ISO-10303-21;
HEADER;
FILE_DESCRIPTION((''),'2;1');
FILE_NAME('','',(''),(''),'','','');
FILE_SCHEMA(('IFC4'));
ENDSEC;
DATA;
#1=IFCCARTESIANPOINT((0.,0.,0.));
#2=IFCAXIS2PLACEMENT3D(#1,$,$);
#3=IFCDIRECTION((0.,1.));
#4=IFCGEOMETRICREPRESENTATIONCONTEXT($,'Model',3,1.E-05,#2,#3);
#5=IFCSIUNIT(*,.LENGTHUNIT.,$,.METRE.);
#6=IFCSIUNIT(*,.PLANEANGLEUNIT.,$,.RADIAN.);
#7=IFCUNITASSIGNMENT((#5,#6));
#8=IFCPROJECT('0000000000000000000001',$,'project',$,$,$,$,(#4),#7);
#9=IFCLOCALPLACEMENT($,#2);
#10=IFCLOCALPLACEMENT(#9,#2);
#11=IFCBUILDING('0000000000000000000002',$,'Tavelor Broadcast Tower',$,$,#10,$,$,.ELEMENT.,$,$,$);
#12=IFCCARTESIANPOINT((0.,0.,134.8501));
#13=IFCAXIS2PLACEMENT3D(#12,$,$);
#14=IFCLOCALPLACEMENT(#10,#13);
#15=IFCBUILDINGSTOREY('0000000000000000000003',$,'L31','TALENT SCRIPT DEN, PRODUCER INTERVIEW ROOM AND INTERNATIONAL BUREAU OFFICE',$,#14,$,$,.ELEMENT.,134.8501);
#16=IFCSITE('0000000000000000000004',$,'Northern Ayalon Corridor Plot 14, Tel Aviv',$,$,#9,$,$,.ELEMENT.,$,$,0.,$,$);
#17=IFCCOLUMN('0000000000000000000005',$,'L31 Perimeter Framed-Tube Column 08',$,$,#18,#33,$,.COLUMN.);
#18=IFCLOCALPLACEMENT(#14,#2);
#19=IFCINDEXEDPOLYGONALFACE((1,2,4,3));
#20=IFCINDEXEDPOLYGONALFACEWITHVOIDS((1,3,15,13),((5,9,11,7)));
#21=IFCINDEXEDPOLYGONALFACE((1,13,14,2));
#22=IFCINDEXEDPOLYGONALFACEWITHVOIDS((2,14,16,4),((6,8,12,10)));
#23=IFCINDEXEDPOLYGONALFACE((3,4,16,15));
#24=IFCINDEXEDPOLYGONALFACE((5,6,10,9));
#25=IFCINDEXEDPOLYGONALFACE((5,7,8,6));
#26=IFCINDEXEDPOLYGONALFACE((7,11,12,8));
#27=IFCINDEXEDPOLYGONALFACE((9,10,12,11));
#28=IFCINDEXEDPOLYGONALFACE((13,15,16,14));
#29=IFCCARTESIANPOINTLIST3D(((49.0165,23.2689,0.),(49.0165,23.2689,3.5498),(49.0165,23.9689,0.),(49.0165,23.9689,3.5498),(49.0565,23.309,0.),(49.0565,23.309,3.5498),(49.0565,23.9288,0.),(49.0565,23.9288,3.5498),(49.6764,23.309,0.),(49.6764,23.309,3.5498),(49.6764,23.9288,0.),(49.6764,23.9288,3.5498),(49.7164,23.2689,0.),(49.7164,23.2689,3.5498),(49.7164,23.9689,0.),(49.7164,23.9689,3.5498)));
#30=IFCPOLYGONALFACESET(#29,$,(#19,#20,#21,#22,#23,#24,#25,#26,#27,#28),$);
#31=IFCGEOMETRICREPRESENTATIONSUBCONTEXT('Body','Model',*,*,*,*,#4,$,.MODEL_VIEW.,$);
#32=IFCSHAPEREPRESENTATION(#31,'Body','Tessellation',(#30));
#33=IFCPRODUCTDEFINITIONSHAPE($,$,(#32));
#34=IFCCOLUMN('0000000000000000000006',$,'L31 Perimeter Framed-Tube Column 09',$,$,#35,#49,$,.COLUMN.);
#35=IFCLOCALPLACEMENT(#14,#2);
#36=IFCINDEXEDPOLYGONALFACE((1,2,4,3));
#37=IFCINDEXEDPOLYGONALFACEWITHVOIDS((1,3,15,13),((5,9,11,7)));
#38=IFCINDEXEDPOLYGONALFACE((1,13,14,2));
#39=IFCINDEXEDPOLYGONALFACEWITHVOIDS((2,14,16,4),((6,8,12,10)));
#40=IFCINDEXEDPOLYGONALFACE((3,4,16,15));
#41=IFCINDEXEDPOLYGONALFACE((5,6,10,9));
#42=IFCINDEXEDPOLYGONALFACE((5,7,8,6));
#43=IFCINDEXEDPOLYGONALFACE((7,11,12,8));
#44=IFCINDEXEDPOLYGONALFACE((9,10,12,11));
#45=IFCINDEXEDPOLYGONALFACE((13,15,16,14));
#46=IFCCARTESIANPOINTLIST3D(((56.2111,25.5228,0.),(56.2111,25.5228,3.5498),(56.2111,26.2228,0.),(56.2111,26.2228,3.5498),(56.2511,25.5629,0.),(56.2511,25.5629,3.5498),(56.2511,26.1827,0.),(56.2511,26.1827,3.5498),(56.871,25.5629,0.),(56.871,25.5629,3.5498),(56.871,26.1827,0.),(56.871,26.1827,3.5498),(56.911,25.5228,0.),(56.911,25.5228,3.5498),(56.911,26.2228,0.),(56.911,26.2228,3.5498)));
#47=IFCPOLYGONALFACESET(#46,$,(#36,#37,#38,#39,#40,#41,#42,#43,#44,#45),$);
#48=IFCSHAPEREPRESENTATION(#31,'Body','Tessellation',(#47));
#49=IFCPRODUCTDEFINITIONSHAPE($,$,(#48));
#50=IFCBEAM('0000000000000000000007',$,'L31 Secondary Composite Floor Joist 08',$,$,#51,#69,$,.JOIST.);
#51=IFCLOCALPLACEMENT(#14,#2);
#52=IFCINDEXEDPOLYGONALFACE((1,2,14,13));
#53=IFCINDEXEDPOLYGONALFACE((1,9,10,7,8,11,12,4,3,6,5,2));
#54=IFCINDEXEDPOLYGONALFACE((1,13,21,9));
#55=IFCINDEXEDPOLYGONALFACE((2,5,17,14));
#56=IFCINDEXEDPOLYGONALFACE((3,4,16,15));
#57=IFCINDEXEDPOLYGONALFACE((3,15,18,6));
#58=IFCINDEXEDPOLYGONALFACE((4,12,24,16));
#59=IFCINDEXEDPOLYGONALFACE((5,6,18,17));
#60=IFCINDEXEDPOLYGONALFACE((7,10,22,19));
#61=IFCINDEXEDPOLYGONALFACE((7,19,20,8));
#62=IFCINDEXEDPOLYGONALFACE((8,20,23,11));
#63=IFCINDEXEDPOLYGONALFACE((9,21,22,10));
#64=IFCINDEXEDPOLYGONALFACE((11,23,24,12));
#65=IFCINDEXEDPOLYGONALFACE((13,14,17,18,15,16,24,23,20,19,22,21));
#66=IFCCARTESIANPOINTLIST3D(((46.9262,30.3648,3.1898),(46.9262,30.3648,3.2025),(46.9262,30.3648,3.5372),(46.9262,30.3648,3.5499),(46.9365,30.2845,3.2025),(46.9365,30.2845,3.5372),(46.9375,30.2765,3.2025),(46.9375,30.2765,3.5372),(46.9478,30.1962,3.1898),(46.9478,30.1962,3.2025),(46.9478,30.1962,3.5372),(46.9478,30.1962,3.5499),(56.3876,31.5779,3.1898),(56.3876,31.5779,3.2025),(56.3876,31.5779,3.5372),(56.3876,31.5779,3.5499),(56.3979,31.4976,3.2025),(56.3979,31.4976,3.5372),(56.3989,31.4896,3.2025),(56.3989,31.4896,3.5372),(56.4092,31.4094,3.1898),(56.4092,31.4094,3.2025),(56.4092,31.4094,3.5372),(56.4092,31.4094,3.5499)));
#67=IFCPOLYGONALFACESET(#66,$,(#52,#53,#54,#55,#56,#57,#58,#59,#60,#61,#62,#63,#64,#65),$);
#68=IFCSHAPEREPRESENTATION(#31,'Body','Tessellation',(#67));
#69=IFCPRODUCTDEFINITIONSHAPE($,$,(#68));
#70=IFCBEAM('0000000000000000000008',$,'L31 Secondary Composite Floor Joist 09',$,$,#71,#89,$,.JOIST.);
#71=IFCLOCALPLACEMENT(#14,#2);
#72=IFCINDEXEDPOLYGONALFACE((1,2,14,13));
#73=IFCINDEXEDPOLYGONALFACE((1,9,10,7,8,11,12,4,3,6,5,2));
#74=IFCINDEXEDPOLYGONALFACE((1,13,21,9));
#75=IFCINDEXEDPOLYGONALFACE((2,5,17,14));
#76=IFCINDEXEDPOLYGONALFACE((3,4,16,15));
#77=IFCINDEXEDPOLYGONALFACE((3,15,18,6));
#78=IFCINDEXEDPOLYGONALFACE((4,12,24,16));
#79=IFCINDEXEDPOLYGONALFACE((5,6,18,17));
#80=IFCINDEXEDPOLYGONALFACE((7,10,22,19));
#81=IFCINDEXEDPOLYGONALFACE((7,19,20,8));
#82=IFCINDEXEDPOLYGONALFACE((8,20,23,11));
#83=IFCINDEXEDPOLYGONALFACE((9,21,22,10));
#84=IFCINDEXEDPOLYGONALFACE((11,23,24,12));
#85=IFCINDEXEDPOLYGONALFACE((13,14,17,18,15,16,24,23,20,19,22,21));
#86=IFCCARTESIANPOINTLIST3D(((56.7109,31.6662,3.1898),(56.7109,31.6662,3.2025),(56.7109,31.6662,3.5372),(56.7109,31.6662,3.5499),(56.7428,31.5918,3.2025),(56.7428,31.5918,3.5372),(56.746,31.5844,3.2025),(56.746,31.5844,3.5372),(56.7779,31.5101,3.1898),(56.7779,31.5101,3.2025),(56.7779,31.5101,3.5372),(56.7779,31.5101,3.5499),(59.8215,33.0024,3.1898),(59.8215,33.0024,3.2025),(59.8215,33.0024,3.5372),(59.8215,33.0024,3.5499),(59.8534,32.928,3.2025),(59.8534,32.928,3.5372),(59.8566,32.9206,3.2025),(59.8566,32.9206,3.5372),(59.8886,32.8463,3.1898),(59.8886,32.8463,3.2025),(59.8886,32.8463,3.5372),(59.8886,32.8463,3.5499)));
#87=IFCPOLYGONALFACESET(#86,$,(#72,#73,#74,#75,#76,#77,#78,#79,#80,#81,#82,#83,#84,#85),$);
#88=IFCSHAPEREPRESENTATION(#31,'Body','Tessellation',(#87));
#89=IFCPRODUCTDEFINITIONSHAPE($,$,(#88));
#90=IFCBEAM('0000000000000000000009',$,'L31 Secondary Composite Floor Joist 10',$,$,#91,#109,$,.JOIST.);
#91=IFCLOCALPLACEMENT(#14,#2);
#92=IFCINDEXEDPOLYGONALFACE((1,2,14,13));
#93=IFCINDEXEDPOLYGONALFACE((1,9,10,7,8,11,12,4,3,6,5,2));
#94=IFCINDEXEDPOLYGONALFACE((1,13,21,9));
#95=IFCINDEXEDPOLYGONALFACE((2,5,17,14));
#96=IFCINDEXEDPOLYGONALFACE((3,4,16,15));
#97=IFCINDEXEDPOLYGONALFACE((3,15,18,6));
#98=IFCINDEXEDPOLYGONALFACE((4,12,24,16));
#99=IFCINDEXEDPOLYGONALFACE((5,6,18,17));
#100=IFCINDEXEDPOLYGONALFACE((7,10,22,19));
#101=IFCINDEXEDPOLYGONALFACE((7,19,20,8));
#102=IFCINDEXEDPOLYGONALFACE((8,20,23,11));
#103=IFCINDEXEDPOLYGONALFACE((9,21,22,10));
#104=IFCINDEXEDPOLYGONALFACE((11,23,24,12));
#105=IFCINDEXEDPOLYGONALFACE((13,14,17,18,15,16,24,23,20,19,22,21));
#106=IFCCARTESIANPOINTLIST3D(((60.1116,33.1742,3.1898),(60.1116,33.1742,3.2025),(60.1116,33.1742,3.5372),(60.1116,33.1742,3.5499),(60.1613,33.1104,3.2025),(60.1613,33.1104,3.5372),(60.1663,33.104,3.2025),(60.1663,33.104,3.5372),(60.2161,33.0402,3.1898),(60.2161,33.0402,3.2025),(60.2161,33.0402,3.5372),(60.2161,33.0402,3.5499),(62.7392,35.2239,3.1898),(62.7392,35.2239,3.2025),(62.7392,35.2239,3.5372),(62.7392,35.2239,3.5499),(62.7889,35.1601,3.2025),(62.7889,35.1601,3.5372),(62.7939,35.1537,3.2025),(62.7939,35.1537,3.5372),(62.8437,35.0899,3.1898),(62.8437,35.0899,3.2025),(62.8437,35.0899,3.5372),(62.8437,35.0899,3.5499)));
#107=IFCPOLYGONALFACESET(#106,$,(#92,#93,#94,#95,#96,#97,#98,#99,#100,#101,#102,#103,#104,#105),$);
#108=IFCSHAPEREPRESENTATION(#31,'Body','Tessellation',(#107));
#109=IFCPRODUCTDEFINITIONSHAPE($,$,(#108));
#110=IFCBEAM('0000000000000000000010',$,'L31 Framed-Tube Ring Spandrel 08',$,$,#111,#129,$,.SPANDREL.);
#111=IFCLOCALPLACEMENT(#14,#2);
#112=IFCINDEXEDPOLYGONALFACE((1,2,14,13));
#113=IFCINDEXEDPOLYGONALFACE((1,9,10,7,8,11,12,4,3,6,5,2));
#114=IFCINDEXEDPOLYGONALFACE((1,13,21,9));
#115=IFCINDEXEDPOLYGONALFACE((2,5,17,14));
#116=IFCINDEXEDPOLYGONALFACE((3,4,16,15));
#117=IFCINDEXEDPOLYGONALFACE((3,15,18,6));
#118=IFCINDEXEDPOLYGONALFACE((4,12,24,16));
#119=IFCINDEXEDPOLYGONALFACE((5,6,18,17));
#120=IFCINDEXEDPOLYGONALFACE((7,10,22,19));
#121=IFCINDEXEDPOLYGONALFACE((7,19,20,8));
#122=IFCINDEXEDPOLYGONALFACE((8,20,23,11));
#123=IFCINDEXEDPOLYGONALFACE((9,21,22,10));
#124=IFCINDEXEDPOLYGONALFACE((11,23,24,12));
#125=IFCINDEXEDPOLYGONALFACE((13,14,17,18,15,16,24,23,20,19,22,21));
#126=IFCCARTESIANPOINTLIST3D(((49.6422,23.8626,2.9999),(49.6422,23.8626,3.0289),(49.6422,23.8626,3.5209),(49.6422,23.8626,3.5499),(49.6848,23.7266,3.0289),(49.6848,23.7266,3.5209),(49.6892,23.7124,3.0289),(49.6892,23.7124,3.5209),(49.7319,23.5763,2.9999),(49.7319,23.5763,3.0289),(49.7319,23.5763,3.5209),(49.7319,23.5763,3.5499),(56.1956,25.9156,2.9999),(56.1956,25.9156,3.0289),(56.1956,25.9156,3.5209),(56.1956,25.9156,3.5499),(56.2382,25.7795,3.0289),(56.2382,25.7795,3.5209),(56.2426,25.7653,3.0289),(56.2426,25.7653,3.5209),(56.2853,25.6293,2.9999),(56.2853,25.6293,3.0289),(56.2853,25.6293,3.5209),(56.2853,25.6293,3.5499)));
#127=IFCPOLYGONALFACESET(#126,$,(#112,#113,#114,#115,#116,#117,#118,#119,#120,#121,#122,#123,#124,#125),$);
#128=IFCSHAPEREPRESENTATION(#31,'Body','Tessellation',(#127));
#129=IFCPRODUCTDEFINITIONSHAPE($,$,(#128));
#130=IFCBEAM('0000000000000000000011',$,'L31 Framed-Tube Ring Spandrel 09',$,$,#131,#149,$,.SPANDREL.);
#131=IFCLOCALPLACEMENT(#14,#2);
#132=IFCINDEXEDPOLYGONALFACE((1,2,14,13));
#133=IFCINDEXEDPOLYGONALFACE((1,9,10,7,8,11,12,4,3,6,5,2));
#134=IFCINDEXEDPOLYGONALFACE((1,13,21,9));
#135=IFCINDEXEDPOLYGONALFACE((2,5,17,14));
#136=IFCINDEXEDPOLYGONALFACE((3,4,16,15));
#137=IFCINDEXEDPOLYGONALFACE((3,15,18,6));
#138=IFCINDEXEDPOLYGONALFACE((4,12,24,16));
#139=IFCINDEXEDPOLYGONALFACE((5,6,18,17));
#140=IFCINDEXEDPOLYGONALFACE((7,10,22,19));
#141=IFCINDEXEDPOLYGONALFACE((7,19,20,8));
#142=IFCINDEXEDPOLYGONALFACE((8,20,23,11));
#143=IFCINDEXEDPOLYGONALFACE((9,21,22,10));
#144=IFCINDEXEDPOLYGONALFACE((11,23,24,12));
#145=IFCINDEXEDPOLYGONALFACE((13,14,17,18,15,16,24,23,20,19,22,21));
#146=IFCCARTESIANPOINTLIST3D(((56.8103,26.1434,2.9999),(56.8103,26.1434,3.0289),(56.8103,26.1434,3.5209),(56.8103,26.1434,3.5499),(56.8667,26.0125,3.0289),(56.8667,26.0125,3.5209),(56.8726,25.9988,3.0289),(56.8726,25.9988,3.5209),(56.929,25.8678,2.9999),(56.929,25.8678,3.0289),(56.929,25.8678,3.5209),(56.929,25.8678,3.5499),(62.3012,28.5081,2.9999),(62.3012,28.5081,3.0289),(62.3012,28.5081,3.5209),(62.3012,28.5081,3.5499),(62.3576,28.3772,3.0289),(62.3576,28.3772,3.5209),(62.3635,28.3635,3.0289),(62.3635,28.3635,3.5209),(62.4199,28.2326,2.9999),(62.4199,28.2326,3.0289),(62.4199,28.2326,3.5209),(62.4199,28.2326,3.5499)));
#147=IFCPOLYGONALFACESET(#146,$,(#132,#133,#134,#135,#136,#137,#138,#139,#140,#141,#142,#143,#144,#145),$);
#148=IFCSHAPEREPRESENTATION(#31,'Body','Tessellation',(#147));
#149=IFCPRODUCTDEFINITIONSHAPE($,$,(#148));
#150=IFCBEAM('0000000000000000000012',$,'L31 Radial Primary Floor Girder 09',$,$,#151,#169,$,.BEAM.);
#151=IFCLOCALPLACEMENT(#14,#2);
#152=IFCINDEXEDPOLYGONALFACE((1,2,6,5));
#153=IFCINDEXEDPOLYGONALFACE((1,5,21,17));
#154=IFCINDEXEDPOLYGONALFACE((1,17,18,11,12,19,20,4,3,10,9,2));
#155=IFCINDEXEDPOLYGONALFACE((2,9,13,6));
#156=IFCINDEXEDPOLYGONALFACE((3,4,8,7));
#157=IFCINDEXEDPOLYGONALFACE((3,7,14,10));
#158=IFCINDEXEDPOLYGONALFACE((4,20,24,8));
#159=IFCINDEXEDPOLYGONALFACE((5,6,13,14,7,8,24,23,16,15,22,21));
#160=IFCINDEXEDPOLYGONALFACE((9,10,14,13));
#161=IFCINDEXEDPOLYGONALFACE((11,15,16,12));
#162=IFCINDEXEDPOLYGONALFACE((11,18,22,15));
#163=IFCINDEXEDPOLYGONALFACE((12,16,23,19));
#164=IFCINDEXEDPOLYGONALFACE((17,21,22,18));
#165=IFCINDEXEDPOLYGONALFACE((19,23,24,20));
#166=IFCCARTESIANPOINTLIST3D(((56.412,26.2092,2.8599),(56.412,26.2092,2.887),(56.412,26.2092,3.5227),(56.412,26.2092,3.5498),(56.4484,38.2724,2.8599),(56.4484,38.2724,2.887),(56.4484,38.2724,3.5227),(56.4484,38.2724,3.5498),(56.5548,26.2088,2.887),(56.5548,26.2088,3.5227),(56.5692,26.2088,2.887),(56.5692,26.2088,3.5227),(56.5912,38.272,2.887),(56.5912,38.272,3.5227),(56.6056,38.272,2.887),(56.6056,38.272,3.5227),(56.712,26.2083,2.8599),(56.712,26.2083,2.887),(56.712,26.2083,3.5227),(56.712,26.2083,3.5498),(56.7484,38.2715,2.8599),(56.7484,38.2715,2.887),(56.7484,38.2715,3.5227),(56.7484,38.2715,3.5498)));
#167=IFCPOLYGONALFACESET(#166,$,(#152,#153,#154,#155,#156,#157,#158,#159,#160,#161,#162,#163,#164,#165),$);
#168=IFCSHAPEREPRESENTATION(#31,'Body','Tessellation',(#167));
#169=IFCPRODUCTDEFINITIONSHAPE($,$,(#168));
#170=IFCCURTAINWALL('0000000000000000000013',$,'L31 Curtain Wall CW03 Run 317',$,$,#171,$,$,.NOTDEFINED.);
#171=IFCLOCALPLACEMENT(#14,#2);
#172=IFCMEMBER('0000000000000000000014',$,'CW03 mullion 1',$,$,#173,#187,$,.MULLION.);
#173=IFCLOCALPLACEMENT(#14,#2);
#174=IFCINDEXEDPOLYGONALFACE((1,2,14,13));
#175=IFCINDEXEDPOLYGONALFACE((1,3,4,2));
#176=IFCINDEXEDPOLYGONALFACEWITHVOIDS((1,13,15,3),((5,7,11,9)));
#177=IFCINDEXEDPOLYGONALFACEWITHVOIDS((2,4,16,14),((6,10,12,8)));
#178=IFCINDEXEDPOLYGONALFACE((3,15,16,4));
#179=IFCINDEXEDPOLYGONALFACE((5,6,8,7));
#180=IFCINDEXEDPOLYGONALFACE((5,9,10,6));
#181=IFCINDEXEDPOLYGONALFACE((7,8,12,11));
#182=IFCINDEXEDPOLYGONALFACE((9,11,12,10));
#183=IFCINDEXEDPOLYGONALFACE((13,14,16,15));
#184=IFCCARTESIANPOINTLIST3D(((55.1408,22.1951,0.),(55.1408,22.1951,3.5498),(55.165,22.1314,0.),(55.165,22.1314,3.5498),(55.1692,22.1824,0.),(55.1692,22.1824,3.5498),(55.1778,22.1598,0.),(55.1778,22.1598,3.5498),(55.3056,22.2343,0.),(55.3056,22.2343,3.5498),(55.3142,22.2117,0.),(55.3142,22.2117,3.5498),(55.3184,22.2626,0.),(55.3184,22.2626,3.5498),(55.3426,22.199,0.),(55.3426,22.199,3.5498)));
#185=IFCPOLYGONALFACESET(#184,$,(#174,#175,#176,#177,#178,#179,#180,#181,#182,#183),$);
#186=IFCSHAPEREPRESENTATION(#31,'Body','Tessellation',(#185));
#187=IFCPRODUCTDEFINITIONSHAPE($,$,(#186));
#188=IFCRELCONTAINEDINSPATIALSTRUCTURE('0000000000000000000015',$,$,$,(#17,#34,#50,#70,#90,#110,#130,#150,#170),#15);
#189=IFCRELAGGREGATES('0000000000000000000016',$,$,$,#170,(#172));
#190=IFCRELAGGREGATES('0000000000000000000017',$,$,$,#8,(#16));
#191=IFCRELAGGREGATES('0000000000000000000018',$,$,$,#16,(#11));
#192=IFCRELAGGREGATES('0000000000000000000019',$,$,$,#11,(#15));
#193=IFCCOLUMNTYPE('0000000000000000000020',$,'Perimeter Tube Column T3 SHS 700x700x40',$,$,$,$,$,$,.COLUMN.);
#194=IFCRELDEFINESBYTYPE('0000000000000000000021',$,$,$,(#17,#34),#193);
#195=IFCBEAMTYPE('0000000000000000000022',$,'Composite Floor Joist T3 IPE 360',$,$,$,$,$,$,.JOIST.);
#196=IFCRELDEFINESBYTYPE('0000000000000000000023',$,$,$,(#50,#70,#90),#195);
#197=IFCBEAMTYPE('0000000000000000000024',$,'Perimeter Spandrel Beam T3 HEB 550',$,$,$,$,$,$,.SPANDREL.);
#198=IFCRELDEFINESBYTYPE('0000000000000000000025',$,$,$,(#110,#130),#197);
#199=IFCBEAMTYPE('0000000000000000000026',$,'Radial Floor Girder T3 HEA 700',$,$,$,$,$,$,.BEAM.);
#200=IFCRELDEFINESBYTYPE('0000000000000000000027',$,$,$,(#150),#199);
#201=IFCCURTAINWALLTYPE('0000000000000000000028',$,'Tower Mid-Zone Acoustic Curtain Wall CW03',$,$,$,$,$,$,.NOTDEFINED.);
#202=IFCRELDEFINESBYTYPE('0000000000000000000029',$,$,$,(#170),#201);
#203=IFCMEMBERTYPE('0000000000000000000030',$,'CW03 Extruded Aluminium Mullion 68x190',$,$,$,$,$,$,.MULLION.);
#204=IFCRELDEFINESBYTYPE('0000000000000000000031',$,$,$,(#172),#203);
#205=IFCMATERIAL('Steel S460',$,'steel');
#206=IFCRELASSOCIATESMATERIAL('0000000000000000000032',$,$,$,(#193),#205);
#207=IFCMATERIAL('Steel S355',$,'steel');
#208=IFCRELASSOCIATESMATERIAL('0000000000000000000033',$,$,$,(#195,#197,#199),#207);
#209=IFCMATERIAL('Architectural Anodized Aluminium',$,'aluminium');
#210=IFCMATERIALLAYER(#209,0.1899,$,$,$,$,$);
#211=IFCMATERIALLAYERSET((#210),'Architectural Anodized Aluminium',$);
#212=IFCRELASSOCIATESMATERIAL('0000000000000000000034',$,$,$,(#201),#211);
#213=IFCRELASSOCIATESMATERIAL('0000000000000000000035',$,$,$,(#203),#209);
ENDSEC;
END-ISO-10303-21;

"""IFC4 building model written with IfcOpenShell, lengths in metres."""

from ifc_helpers import new_model, si_unit, direction, frame, origin, origin_2d, place, context, subcontext, project, spatial, hollow_rectangle, i_section, extrude, source, transform, mapped, material, layer, layer_set, material_profile, profile_set, type_object, type_shapes, element, aggregate, save


model = new_model("IFC4")

# Units and contexts
model_context = context("Model", 3, precision=1e-05, world=origin(), true_north=direction((0.0, 1.0)))
body_context = subcontext(model_context, "Body", "Model", "MODEL_VIEW")
ifc_project = project(units=[si_unit("LENGTHUNIT", "METRE"), si_unit("PLANEANGLEUNIT", "RADIAN")], contexts=[model_context])

# Site, building, storey
site_placement = place(None, origin())
site = spatial("IfcSite", under=ifc_project, at=site_placement, Name="Northern Ayalon Corridor Plot 14, Tel Aviv", CompositionType="ELEMENT", RefElevation=0.0)
building_placement = place(site_placement, origin())
building = spatial("IfcBuilding", under=site, at=building_placement, Name="Tavelor Broadcast Tower", CompositionType="ELEMENT")
storey_placement = place(building_placement, frame((0.0, 0.0, 134.8501)))
storey = spatial("IfcBuildingStorey", under=building, at=storey_placement, Name="L31", Description="TALENT SCRIPT DEN, PRODUCER INTERVIEW ROOM AND INTERNATIONAL BUREAU OFFICE", CompositionType="ELEMENT", Elevation=134.8501)

# Columns
ifc_material_1 = material(Name="Steel S460", Category="steel")
ifc_material_profile_1 = material_profile(ifc_material_1, hollow_rectangle(XDim=0.7, YDim=0.7, WallThickness=0.04, at=origin_2d()), Name="SHS 700x700x40")
ifc_profile_set_1 = profile_set([ifc_material_profile_1], Name="Steel S460")
column_type = type_object("IfcColumnType", Name="Perimeter Tube Column T3 SHS 700x700x40", PredefinedType="COLUMN", material=ifc_profile_set_1)
for number, where, z_axis, x_axis, name in (
    (1, (49.3665, 23.6189, 0.0), (0.0, 0.0, 1.0), (1.0, 0.0, 0.0), "L31 Perimeter Framed-Tube Column 08"),
    (2, (56.561, 25.8728, 0.0), (0.0, 0.0, 1.0), (1.0, 0.0, 0.0), "L31 Perimeter Framed-Tube Column 09"),
):
    element("IfcColumn", number, at=place(storey_placement, frame(where, z_axis=z_axis, x_axis=x_axis)), inside=storey, type_object=column_type, Name=name, PredefinedType="COLUMN", context=body_context, shape_type="SweptSolid", body=[
        extrude(hollow_rectangle(XDim=0.7, YDim=0.7, WallThickness=0.04, at=origin_2d()), origin(), (0.0, 0.0, 1.0), 3.5498),
    ])

# Beams
ifc_material_2 = material(Name="Steel S355", Category="steel")
ifc_material_profile_2 = material_profile(ifc_material_2, i_section(OverallWidth=0.1699, OverallDepth=0.3601, WebThickness=0.0081, FlangeThickness=0.0127, at=origin_2d()), Name="IPE 360")
ifc_profile_set_2 = profile_set([ifc_material_profile_2], Name="Steel S355")
beam_type_1 = type_object("IfcBeamType", Name="Composite Floor Joist T3 IPE 360", PredefinedType="JOIST", material=ifc_profile_set_2)
beam_1_placement = place(storey_placement, frame((46.937, 30.2805, 3.3699), z_axis=(0.99188, 0.127178, 0.0), x_axis=(-0.127178, 0.99188, 0.0)))
element("IfcBeam", 3, at=beam_1_placement, inside=storey, type_object=beam_type_1, Name="L31 Secondary Composite Floor Joist 08", PredefinedType="JOIST", context=body_context, shape_type="SweptSolid", body=[
    extrude(i_section(OverallWidth=0.1699, OverallDepth=0.3601, WebThickness=0.0081, FlangeThickness=0.0127, at=origin_2d()), origin(), (0.0, 0.0, 1.0), 9.5388),
])
beam_2_placement = place(storey_placement, frame((56.7444, 31.5881, 3.3699), z_axis=(0.918816, 0.394685, 0.0), x_axis=(-0.394685, 0.918816, 0.0)))
element("IfcBeam", 4, at=beam_2_placement, inside=storey, type_object=beam_type_1, Name="L31 Secondary Composite Floor Joist 09", PredefinedType="JOIST", context=body_context, shape_type="SweptSolid", body=[
    extrude(i_section(OverallWidth=0.1699, OverallDepth=0.3601, WebThickness=0.0081, FlangeThickness=0.0127, at=origin_2d()), origin(), (0.0, 0.0, 1.0), 3.3855),
])
beam_3_placement = place(storey_placement, frame((60.1638, 33.1072, 3.3699), z_axis=(0.788472, 0.615071, 0.0), x_axis=(-0.615071, 0.788472, 0.0)))
element("IfcBeam", 5, at=beam_3_placement, inside=storey, type_object=beam_type_1, Name="L31 Secondary Composite Floor Joist 10", PredefinedType="JOIST", context=body_context, shape_type="SweptSolid", body=[
    extrude(i_section(OverallWidth=0.1699, OverallDepth=0.3601, WebThickness=0.0081, FlangeThickness=0.0127, at=origin_2d()), origin(), (0.0, 0.0, 1.0), 3.3325),
])
ifc_material_profile_3 = material_profile(ifc_material_2, i_section(OverallWidth=0.3, OverallDepth=0.55, WebThickness=0.0149, FlangeThickness=0.0291, at=origin_2d()), Name="HEB 550")
ifc_profile_set_3 = profile_set([ifc_material_profile_3], Name="Steel S355")
beam_type_2 = type_object("IfcBeamType", Name="Perimeter Spandrel Beam T3 HEB 550", PredefinedType="SPANDREL", material=ifc_profile_set_3)
beam_4_placement = place(storey_placement, frame((49.687, 23.7195, 3.2749), z_axis=(0.954272, 0.298941, 0.0), x_axis=(-0.298941, 0.954272, 0.0)))
element("IfcBeam", 6, at=beam_4_placement, inside=storey, type_object=beam_type_2, Name="L31 Framed-Tube Ring Spandrel 08", PredefinedType="SPANDREL", context=body_context, shape_type="SweptSolid", body=[
    extrude(i_section(OverallWidth=0.3, OverallDepth=0.55, WebThickness=0.0149, FlangeThickness=0.0291, at=origin_2d()), origin(), (0.0, 0.0, 1.0), 6.8674),
])
beam_5_placement = place(storey_placement, frame((56.8696, 26.0056, 3.2749), z_axis=(0.918449, 0.39554, 0.0), x_axis=(-0.39554, 0.918449, 0.0)))
element("IfcBeam", 7, at=beam_5_placement, inside=storey, type_object=beam_type_2, Name="L31 Framed-Tube Ring Spandrel 09", PredefinedType="SPANDREL", context=body_context, shape_type="SweptSolid", body=[
    extrude(i_section(OverallWidth=0.3, OverallDepth=0.55, WebThickness=0.0149, FlangeThickness=0.0291, at=origin_2d()), origin(), (0.0, 0.0, 1.0), 5.9785),
])
ifc_material_profile_4 = material_profile(ifc_material_2, i_section(OverallWidth=0.3, OverallDepth=0.6899, WebThickness=0.0144, FlangeThickness=0.0271, at=origin_2d()), Name="HEA 700")
ifc_profile_set_4 = profile_set([ifc_material_profile_4], Name="Steel S355")
beam_type_3 = type_object("IfcBeamType", Name="Radial Floor Girder T3 HEA 700", PredefinedType="BEAM", material=ifc_profile_set_4)
beam_6_placement = place(storey_placement, frame((56.5984, 38.272, 3.2048), z_axis=(-0.003016, -0.999995, 0.0), x_axis=(0.999995, -0.003016, 0.0)))
element("IfcBeam", 8, at=beam_6_placement, inside=storey, type_object=beam_type_3, Name="L31 Radial Primary Floor Girder 09", PredefinedType="BEAM", context=body_context, shape_type="SweptSolid", body=[
    extrude(i_section(OverallWidth=0.3, OverallDepth=0.6899, WebThickness=0.0144, FlangeThickness=0.0271, at=origin_2d()), origin(), (0.0, 0.0, 1.0), 12.0632),
])

# Curtain wall, member
ifc_material_3 = material(Name="Architectural Anodized Aluminium", Category="aluminium")
ifc_layer_1 = layer(ifc_material_3, 0.1899)
ifc_layer_set_1 = layer_set([ifc_layer_1], Name="Architectural Anodized Aluminium")
curtain_wall_type = type_object("IfcCurtainWallType", Name="Tower Mid-Zone Acoustic Curtain Wall CW03", PredefinedType="NOTDEFINED", material=ifc_layer_set_1)
curtain_wall_placement = place(storey_placement, origin())
curtain_wall = element("IfcCurtainWall", 9, at=curtain_wall_placement, inside=storey, type_object=curtain_wall_type, Name="L31 Curtain Wall CW03 Run 317", PredefinedType="NOTDEFINED")
ifc_material_profile_5 = material_profile(ifc_material_3, hollow_rectangle(XDim=0.0681, YDim=0.1899, WallThickness=0.022, at=origin_2d()), Name="RHS 68x190x22")
ifc_profile_set_5 = profile_set([ifc_material_profile_5], Name="Architectural Anodized Aluminium")
member_type_1 = type_object("IfcMemberType", Name="CW03 Extruded Aluminium Mullion 68x190", PredefinedType="MULLION", material=ifc_profile_set_5)
shared_shape_1 = source(origin(), body_context, "Body", "SweptSolid", [
    extrude(hollow_rectangle(XDim=0.0681, YDim=0.1899, WallThickness=0.022, at=origin_2d()), origin(), (0.0, 0.0, 1.0), 3.5498),
])
type_shapes(member_type_1, [shared_shape_1])
member_1_placement = place(storey_placement, frame((55.2417, 22.197, 0.0), z_axis=(0.0, 0.0, 1.0), x_axis=(-0.355504, 0.934675, 0.0)))
member_1 = element("IfcMember", 10, at=member_1_placement, type_object=member_type_1, Name="CW03 mullion 1", PredefinedType="MULLION", context=body_context, shape_type="MappedRepresentation", body=[
    mapped(shared_shape_1, transform((0.0, 0.0, 0.0), scale=1.0)),
])

aggregate(curtain_wall, [member_1])

save(model, "model.ifc")
